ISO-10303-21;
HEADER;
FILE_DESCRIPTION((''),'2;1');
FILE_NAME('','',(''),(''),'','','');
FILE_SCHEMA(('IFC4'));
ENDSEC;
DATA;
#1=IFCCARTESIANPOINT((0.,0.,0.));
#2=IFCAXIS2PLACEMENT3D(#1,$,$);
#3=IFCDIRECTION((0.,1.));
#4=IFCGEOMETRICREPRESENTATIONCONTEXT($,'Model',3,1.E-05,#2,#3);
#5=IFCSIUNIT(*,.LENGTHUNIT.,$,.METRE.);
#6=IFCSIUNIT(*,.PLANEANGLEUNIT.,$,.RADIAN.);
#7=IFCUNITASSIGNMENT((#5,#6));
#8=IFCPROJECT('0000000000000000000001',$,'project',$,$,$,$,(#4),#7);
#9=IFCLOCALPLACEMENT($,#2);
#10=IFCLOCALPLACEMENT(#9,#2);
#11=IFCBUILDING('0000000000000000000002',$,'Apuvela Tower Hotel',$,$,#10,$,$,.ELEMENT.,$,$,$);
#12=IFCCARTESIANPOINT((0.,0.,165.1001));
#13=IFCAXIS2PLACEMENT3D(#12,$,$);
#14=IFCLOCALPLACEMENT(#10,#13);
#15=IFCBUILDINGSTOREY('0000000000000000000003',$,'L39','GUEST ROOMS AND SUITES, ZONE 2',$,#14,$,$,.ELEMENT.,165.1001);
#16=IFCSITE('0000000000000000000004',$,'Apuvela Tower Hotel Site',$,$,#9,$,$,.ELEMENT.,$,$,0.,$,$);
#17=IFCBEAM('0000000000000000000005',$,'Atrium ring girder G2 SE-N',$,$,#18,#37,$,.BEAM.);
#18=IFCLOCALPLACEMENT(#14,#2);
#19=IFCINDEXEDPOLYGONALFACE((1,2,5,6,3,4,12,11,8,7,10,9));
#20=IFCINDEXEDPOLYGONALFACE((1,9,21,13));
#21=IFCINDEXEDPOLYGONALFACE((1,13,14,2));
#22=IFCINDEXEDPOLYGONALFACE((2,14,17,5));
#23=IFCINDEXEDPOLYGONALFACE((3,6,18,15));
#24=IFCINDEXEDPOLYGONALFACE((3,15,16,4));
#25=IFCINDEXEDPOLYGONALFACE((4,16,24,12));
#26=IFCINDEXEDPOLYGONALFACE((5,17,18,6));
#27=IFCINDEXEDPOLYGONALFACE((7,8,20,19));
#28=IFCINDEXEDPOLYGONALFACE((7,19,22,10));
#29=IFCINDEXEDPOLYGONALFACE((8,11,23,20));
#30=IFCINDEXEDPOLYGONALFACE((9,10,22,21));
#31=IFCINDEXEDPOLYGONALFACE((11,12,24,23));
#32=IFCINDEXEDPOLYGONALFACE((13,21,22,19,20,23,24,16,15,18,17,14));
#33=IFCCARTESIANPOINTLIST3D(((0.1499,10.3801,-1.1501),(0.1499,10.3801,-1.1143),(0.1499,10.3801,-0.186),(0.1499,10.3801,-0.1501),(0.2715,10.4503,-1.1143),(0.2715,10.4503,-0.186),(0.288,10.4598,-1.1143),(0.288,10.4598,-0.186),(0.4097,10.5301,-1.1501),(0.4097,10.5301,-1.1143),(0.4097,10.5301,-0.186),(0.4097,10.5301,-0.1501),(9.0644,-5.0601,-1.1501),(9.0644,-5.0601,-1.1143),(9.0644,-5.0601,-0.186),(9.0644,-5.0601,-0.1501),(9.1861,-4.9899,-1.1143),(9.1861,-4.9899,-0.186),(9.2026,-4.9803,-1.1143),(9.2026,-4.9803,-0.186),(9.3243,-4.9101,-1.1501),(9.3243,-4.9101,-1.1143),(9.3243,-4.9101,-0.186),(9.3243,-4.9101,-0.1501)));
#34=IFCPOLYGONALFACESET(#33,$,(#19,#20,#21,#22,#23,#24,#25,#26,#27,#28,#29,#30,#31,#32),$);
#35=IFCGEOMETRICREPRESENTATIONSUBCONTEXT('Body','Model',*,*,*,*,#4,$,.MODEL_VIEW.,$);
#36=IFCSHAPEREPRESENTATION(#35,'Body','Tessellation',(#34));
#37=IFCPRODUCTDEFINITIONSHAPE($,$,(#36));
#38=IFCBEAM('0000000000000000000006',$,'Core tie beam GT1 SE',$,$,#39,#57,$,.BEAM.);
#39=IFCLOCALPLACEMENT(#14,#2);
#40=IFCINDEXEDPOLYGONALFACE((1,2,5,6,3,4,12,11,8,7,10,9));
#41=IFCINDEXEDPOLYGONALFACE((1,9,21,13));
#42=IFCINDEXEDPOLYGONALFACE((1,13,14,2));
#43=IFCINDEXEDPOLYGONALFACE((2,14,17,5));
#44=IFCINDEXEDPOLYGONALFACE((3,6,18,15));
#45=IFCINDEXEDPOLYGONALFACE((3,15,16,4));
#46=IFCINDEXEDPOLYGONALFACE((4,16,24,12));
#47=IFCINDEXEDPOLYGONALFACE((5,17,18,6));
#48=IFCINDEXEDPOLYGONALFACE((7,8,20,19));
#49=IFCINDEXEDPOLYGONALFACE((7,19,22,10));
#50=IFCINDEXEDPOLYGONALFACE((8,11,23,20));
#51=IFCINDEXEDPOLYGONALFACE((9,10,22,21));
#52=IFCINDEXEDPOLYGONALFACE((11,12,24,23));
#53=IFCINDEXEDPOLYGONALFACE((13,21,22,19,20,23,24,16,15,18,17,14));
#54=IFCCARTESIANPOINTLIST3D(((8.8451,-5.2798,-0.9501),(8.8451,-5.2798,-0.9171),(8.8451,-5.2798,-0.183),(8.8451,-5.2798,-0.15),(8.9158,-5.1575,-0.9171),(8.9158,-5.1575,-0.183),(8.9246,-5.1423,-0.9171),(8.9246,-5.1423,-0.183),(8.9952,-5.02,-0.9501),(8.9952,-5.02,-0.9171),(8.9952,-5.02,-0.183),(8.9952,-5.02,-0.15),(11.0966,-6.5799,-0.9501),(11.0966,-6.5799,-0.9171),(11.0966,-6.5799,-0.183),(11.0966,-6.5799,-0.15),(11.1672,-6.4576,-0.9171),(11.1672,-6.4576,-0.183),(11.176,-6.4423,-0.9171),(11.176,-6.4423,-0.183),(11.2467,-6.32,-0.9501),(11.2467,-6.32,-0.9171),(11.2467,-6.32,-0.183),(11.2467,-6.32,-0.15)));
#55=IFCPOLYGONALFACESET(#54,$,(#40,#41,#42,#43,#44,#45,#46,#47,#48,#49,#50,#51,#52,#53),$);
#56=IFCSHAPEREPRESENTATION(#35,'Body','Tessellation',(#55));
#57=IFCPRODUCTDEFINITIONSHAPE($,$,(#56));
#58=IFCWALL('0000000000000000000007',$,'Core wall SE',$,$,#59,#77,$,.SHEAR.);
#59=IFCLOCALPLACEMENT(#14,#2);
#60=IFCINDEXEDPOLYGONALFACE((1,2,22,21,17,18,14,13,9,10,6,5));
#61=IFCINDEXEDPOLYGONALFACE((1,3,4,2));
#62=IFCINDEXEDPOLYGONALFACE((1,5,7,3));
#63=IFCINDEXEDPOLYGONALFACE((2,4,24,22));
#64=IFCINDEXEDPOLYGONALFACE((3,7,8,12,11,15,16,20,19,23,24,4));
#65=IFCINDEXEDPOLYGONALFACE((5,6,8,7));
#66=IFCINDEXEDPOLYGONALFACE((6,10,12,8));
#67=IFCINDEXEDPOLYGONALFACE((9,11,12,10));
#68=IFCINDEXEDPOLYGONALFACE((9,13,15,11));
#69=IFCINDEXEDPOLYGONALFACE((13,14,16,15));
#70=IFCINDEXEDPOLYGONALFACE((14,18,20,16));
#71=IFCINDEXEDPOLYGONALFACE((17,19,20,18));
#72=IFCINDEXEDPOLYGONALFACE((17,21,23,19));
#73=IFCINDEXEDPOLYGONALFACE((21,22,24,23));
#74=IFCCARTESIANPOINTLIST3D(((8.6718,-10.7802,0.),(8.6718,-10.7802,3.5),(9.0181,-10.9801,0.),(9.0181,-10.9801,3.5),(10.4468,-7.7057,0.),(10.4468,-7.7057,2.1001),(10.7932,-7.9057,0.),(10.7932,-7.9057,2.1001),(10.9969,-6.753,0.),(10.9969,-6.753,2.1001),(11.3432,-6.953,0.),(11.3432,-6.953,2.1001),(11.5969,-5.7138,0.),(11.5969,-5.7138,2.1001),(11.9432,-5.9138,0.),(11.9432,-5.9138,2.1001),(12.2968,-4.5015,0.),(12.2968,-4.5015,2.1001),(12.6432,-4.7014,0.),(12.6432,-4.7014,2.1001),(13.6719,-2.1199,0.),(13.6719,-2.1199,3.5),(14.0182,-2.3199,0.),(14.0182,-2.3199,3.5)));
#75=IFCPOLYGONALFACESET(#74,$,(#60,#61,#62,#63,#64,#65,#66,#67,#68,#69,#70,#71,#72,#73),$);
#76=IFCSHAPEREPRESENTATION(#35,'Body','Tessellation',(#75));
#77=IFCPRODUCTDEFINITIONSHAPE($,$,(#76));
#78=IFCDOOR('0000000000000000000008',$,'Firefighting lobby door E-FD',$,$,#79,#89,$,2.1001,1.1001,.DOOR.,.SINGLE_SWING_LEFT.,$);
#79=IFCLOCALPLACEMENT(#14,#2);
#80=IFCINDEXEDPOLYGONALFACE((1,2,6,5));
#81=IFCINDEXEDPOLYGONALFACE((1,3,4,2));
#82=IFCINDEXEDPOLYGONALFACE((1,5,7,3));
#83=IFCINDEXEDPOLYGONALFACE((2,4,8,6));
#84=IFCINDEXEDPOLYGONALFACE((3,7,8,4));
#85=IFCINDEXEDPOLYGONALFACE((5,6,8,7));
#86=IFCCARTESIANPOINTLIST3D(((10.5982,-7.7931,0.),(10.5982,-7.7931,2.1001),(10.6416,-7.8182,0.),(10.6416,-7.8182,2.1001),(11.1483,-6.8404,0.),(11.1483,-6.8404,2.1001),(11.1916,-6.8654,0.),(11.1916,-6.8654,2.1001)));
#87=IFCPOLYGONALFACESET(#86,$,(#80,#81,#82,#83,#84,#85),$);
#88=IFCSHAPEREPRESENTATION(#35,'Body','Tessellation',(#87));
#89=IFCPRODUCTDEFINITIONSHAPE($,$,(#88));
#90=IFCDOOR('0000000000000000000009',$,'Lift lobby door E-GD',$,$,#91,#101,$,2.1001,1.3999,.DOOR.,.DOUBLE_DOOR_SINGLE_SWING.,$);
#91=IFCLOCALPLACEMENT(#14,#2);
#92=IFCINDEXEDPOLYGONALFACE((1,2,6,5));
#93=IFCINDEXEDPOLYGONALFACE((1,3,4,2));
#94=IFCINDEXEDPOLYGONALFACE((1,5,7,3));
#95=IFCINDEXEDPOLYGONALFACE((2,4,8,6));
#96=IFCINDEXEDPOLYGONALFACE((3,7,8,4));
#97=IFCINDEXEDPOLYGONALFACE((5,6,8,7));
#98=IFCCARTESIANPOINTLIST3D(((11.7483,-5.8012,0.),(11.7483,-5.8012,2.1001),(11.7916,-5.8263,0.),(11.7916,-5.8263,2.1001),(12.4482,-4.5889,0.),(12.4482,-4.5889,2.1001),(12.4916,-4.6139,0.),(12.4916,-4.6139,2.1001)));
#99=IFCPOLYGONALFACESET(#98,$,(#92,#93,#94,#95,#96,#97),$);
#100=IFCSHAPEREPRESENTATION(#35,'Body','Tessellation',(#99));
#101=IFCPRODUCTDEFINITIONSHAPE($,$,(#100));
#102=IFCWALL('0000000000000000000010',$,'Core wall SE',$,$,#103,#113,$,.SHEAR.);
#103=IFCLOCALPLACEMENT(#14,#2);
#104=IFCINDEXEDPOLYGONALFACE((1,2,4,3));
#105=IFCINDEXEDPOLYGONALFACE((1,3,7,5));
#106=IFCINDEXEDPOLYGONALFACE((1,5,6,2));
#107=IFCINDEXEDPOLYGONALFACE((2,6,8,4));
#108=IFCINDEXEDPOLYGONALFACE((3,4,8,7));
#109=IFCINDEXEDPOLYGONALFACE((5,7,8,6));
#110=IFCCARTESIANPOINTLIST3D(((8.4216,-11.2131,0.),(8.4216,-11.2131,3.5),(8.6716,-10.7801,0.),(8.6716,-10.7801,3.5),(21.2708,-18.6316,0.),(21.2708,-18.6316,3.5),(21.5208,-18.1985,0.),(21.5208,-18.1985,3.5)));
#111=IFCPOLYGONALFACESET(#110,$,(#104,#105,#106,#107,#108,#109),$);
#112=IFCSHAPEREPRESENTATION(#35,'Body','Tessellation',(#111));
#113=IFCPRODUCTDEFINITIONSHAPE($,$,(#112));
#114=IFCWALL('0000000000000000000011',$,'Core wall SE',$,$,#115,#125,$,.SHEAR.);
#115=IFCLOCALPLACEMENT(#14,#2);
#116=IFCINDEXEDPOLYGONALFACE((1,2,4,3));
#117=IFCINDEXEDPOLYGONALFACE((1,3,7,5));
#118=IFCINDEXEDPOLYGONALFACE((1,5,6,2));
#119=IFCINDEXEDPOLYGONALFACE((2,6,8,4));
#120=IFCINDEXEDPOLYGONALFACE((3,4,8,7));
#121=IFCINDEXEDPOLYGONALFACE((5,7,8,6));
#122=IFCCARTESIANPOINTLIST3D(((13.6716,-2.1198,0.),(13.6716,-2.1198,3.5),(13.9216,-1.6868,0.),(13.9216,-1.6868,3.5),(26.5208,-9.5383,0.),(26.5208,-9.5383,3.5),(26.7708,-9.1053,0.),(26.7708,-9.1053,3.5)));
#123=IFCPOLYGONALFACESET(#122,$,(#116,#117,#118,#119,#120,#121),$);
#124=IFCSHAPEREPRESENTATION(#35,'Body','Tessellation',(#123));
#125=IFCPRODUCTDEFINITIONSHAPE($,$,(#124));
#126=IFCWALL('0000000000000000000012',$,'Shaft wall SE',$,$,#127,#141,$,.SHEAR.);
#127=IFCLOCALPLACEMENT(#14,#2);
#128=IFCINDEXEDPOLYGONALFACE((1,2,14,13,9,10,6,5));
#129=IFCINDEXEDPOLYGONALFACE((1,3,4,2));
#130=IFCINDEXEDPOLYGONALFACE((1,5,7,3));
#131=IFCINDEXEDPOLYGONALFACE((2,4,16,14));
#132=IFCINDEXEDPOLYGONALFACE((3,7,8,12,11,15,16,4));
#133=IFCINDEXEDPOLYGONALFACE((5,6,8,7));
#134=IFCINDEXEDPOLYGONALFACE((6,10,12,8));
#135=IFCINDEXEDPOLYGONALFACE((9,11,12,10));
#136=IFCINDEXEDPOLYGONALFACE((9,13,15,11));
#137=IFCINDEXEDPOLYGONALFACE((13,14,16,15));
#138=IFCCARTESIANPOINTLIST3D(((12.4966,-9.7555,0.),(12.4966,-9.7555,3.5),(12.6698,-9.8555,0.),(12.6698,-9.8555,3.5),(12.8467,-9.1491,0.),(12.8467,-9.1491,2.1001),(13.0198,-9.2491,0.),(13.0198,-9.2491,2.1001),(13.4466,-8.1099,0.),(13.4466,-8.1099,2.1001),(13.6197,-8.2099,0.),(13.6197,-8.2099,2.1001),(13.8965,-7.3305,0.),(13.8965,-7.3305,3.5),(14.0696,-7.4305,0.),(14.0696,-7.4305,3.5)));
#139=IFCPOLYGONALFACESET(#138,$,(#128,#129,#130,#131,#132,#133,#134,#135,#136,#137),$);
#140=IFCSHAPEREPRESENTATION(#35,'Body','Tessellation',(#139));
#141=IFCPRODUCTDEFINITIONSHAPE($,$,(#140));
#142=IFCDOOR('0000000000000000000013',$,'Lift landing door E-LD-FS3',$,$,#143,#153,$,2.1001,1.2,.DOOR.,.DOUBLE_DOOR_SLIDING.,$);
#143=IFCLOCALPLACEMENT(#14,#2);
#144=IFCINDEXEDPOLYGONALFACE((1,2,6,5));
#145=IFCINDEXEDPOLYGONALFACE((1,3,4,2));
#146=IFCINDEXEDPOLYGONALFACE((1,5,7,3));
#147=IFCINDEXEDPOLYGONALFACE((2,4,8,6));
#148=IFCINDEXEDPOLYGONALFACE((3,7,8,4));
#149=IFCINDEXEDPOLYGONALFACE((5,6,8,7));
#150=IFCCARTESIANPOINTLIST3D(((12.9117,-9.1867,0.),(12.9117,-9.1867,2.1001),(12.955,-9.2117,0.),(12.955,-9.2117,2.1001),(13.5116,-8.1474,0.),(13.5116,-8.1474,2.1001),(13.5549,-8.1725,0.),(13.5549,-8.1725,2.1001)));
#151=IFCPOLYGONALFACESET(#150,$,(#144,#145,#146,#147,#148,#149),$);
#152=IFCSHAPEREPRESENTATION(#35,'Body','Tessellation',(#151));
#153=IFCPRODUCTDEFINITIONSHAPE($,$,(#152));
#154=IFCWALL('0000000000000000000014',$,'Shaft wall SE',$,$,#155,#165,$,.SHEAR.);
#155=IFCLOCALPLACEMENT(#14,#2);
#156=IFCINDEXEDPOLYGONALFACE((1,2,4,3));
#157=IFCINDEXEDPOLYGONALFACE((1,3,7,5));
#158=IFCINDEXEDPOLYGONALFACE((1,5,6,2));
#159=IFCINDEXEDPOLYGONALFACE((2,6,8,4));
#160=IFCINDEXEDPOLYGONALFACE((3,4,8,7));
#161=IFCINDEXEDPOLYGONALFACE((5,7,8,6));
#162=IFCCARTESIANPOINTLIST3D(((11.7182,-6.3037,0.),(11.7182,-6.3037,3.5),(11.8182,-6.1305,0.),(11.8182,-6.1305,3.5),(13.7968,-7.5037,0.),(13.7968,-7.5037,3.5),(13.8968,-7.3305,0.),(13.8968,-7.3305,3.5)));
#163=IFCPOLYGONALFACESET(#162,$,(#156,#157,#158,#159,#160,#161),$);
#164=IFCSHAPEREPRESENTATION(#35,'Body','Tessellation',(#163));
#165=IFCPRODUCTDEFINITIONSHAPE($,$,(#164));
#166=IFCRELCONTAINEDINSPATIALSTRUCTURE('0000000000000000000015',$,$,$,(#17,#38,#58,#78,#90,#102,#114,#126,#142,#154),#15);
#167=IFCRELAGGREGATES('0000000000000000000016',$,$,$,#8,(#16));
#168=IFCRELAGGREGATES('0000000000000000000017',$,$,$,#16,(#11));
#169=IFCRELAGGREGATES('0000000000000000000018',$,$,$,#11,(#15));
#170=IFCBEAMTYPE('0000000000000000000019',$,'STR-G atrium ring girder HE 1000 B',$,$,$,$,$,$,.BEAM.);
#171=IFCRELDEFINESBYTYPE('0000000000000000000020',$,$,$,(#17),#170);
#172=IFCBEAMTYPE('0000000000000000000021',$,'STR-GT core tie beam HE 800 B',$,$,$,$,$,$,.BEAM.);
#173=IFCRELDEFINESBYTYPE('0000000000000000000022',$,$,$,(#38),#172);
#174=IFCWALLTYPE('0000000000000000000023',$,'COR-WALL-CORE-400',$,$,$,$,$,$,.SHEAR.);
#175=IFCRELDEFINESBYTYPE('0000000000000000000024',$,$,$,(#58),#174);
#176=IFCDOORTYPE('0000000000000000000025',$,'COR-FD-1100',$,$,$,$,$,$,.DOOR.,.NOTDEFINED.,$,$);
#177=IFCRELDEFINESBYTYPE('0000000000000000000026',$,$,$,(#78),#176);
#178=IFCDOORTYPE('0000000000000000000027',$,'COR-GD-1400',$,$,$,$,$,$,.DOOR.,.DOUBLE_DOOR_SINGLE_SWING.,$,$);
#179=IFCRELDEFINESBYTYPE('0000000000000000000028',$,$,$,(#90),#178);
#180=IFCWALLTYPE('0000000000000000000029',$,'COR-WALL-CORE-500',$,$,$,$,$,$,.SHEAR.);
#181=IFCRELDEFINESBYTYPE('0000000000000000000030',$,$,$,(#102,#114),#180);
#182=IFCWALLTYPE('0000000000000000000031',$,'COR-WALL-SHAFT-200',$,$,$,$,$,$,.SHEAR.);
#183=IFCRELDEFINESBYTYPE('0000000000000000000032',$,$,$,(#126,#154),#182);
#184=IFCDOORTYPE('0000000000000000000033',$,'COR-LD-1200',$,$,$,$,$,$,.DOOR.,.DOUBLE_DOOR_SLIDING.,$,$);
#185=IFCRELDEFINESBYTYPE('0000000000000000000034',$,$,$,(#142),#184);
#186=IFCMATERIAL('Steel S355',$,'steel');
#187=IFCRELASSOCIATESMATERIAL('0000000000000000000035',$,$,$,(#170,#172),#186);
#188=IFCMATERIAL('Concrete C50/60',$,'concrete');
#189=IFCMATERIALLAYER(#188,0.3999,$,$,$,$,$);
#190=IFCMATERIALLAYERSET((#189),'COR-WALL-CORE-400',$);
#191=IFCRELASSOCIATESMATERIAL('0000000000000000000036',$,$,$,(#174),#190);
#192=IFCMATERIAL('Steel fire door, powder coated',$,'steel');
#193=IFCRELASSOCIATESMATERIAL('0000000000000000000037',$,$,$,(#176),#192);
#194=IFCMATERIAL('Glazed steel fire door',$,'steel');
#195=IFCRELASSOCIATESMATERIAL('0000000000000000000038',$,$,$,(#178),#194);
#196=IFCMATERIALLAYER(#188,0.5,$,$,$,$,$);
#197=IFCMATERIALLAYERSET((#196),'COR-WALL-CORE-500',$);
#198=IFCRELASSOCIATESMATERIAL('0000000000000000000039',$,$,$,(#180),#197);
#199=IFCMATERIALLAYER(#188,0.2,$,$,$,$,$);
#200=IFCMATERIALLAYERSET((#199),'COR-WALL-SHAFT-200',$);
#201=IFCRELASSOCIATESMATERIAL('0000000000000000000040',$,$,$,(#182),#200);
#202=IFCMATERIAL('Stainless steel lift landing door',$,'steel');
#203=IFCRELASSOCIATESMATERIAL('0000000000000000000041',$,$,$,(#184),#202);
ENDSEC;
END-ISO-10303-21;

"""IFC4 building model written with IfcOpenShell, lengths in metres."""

from ifc_helpers import new_model, si_unit, direction, frame, frame_2d, origin, origin_2d, place, context, subcontext, project, spatial, rectangle, i_section, extrude, material, layer, layer_set, material_profile, profile_set, type_object, element, fill, save


model = new_model("IFC4")

# Units and contexts
model_context = context("Model", 3, precision=1e-05, world=origin(), true_north=direction((0.0, 1.0)))
body_context = subcontext(model_context, "Body", "Model", "MODEL_VIEW")
ifc_project = project(units=[si_unit("LENGTHUNIT", "METRE"), si_unit("PLANEANGLEUNIT", "RADIAN")], contexts=[model_context])

# Site, building, storey
site_placement = place(None, origin())
site = spatial("IfcSite", under=ifc_project, at=site_placement, Name="Apuvela Tower Hotel Site", CompositionType="ELEMENT", RefElevation=0.0)
building_placement = place(site_placement, origin())
building = spatial("IfcBuilding", under=site, at=building_placement, Name="Apuvela Tower Hotel", CompositionType="ELEMENT")
storey_placement = place(building_placement, frame((0.0, 0.0, 165.1001)))
storey = spatial("IfcBuildingStorey", under=building, at=storey_placement, Name="L39", Description="GUEST ROOMS AND SUITES, ZONE 2", CompositionType="ELEMENT", Elevation=165.1001)

# Beams
ifc_material_1 = material(Name="Steel S355", Category="steel")
ifc_material_profile_1 = material_profile(ifc_material_1, i_section(OverallWidth=0.3, OverallDepth=1.0, WebThickness=0.019, FlangeThickness=0.0359, at=origin_2d()), Name="HE 1000 B")
ifc_profile_set_1 = profile_set([ifc_material_profile_1], Name="Steel S355")
beam_type_1 = type_object("IfcBeamType", Name="STR-G atrium ring girder HE 1000 B", PredefinedType="BEAM", material=ifc_profile_set_1)
beam_1_placement = place(storey_placement, frame((9.1943, -4.9851, -0.6501), z_axis=(-0.500007, 0.866022, 0.0), x_axis=(-0.866022, -0.500007, 0.0)))
element("IfcBeam", 1, at=beam_1_placement, inside=storey, type_object=beam_type_1, Name="Atrium ring girder G2 SE-N", PredefinedType="BEAM", context=body_context, shape_type="SweptSolid", body=[
    extrude(i_section(OverallWidth=0.3, OverallDepth=1.0, WebThickness=0.019, FlangeThickness=0.0359, at=origin_2d()), origin(), (0.0, 0.0, 1.0), 17.8289),
])
ifc_material_profile_2 = material_profile(ifc_material_1, i_section(OverallWidth=0.3, OverallDepth=0.8, WebThickness=0.0176, FlangeThickness=0.033, at=origin_2d()), Name="HE 800 B")
ifc_profile_set_2 = profile_set([ifc_material_profile_2], Name="Steel S355")
beam_type_2 = type_object("IfcBeamType", Name="STR-GT core tie beam HE 800 B", PredefinedType="BEAM", material=ifc_profile_set_2)
beam_2_placement = place(storey_placement, frame((11.1716, -6.45, -0.55), z_axis=(-0.865998, 0.500048, 0.0), x_axis=(-0.500048, -0.865998, 0.0)))
element("IfcBeam", 2, at=beam_2_placement, inside=storey, type_object=beam_type_2, Name="Core tie beam GT1 SE", PredefinedType="BEAM", context=body_context, shape_type="SweptSolid", body=[
    extrude(i_section(OverallWidth=0.3, OverallDepth=0.8, WebThickness=0.0176, FlangeThickness=0.033, at=origin_2d()), origin(), (0.0, 0.0, 1.0), 2.5999),
])

# Wall, openings, doors
ifc_material_2 = material(Name="Concrete C50/60", Category="concrete")
ifc_layer_1 = layer(ifc_material_2, 0.3999)
ifc_layer_set_1 = layer_set([ifc_layer_1], Name="COR-WALL-CORE-400")
wall_type_1 = type_object("IfcWallType", Name="COR-WALL-CORE-400", PredefinedType="SHEAR", material=ifc_layer_set_1)
wall_1_placement = place(storey_placement, frame((8.845, -10.8801, 0.0), z_axis=(0.0, 0.0, 1.0), x_axis=(0.500004, 0.866023, 0.0)))
wall_1 = element("IfcWall", 3, at=wall_1_placement, inside=storey, type_object=wall_type_1, Name="Core wall SE", PredefinedType="SHEAR", context=body_context, shape_type="SweptSolid", body=[
    extrude(rectangle(XDim=10.0, YDim=0.3999, at=frame_2d((5.0, 0.0))), origin(), (0.0, 0.0, 1.0), 3.5),
])
opening_1_placement = place(wall_1_placement, frame((3.55, 0.0, 0.0)))
opening_1 = element("IfcOpeningElement", 4, at=opening_1_placement, cuts=wall_1, PredefinedType="OPENING", context=body_context, shape_type="SweptSolid", body=[
    extrude(rectangle(XDim=1.1001, YDim=2.1001, at=frame_2d((0.55, 1.05))), frame((0.0, 0.21, 0.0), z_axis=(0.0, -1.0, 0.0), x_axis=(1.0, 0.0, 0.0)), (0.0, 0.0, 1.0), 0.4199),
])
opening_2_placement = place(wall_1_placement, frame((5.8501, 0.0, 0.0)))
opening_2 = element("IfcOpeningElement", 5, at=opening_2_placement, cuts=wall_1, PredefinedType="OPENING", context=body_context, shape_type="SweptSolid", body=[
    extrude(rectangle(XDim=1.3999, YDim=2.1001, at=frame_2d((0.7, 1.05))), frame((0.0, 0.21, 0.0), z_axis=(0.0, -1.0, 0.0), x_axis=(1.0, 0.0, 0.0)), (0.0, 0.0, 1.0), 0.4199),
])
ifc_material_3 = material(Name="Steel fire door, powder coated", Category="steel")
door_type_1 = type_object("IfcDoorType", Name="COR-FD-1100", OperationType="NOTDEFINED", PredefinedType="DOOR", material=ifc_material_3)
door_1_placement = place(opening_1_placement, frame((1.1001, 0.0, 0.0), z_axis=(0.0, 0.0, 1.0), x_axis=(-1.0, 0.0, 0.0)))
door_1 = element("IfcDoor", 6, at=door_1_placement, inside=storey, type_object=door_type_1, Name="Firefighting lobby door E-FD", OperationType="SINGLE_SWING_LEFT", OverallHeight=2.1001, OverallWidth=1.1001, PredefinedType="DOOR", context=body_context, shape_type="SweptSolid", body=[
    extrude(rectangle(XDim=1.1001, YDim=2.1001, at=frame_2d((0.55, 1.05))), frame((0.0, 0.0249, 0.0), z_axis=(0.0, -1.0, 0.0), x_axis=(1.0, 0.0, 0.0)), (0.0, 0.0, 1.0), 0.05),
])
fill(opening_1, door_1)
ifc_material_4 = material(Name="Glazed steel fire door", Category="steel")
door_type_2 = type_object("IfcDoorType", Name="COR-GD-1400", OperationType="DOUBLE_DOOR_SINGLE_SWING", PredefinedType="DOOR", material=ifc_material_4)
door_2_placement = place(opening_2_placement, frame((1.3999, 0.0, 0.0), z_axis=(0.0, 0.0, 1.0), x_axis=(-1.0, 0.0, 0.0)))
door_2 = element("IfcDoor", 7, at=door_2_placement, inside=storey, type_object=door_type_2, Name="Lift lobby door E-GD", OperationType="DOUBLE_DOOR_SINGLE_SWING", OverallHeight=2.1001, OverallWidth=1.3999, PredefinedType="DOOR", context=body_context, shape_type="SweptSolid", body=[
    extrude(rectangle(XDim=1.3999, YDim=2.1001, at=frame_2d((0.7, 1.05))), frame((0.0, 0.0249, 0.0), z_axis=(0.0, -1.0, 0.0), x_axis=(1.0, 0.0, 0.0)), (0.0, 0.0, 1.0), 0.05),
])
fill(opening_2, door_2)

# Walls
ifc_layer_2 = layer(ifc_material_2, 0.5)
ifc_layer_set_2 = layer_set([ifc_layer_2], Name="COR-WALL-CORE-500")
wall_type_2 = type_object("IfcWallType", Name="COR-WALL-CORE-500", PredefinedType="SHEAR", material=ifc_layer_set_2)
for number, where, z_axis, x_axis, name in (
    (8, (8.5466, -10.9966, 0.0), (0.0, 0.0, 1.0), (0.866025, -0.500001, 0.0), "Core wall SE"),
    (9, (13.7966, -1.9033, 0.0), (0.0, 0.0, 1.0), (0.866025, -0.500001, 0.0), "Core wall SE"),
):
    element("IfcWall", number, at=place(storey_placement, frame(where, z_axis=z_axis, x_axis=x_axis)), inside=storey, type_object=wall_type_2, Name=name, PredefinedType="SHEAR", context=body_context, shape_type="SweptSolid", body=[
        extrude(rectangle(XDim=14.8369, YDim=0.5, at=frame_2d((7.4185, 0.0))), origin(), (0.0, 0.0, 1.0), 3.5),
    ])

# Wall, opening, door
ifc_layer_3 = layer(ifc_material_2, 0.2)
ifc_layer_set_3 = layer_set([ifc_layer_3], Name="COR-WALL-SHAFT-200")
wall_type_3 = type_object("IfcWallType", Name="COR-WALL-SHAFT-200", PredefinedType="SHEAR", material=ifc_layer_set_3)
wall_2_placement = place(storey_placement, frame((12.5833, -9.8054, 0.0), z_axis=(0.0, 0.0, 1.0), x_axis=(0.499946, 0.866056, 0.0)))
wall_2 = element("IfcWall", 10, at=wall_2_placement, inside=storey, type_object=wall_type_3, Name="Shaft wall SE", PredefinedType="SHEAR", context=body_context, shape_type="SweptSolid", body=[
    extrude(rectangle(XDim=2.8, YDim=0.2, at=frame_2d((1.3999, 0.0))), origin(), (0.0, 0.0, 1.0), 3.5),
])
opening_3_placement = place(wall_2_placement, frame((0.7, 0.0, 0.0)))
opening_3 = element("IfcOpeningElement", 11, at=opening_3_placement, cuts=wall_2, PredefinedType="OPENING", context=body_context, shape_type="SweptSolid", body=[
    extrude(rectangle(XDim=1.2, YDim=2.1001, at=frame_2d((0.6001, 1.05))), frame((0.0, 0.1099, 0.0), z_axis=(0.0, -1.0, 0.0), x_axis=(1.0, 0.0, 0.0)), (0.0, 0.0, 1.0), 0.22),
])
ifc_material_5 = material(Name="Stainless steel lift landing door", Category="steel")
door_type_3 = type_object("IfcDoorType", Name="COR-LD-1200", OperationType="DOUBLE_DOOR_SLIDING", PredefinedType="DOOR", material=ifc_material_5)
door_3_placement = place(opening_3_placement, origin())
door_3 = element("IfcDoor", 12, at=door_3_placement, inside=storey, type_object=door_type_3, Name="Lift landing door E-LD-FS3", OperationType="DOUBLE_DOOR_SLIDING", OverallHeight=2.1001, OverallWidth=1.2, PredefinedType="DOOR", context=body_context, shape_type="SweptSolid", body=[
    extrude(rectangle(XDim=1.2, YDim=2.1001, at=frame_2d((0.6001, 1.05))), frame((0.0, 0.0249, 0.0), z_axis=(0.0, -1.0, 0.0), x_axis=(1.0, 0.0, 0.0)), (0.0, 0.0, 1.0), 0.05),
])
fill(opening_3, door_3)

# Wall
wall_3_placement = place(storey_placement, frame((11.7681, -6.217, 0.0), z_axis=(0.0, 0.0, 1.0), x_axis=(0.86605, -0.499957, 0.0)))
element("IfcWall", 13, at=wall_3_placement, inside=storey, type_object=wall_type_3, Name="Shaft wall SE", PredefinedType="SHEAR", context=body_context, shape_type="SweptSolid", body=[
    extrude(rectangle(XDim=2.4001, YDim=0.2, at=frame_2d((1.2002, 0.0))), origin(), (0.0, 0.0, 1.0), 3.5),
])

save(model, "model.ifc")
